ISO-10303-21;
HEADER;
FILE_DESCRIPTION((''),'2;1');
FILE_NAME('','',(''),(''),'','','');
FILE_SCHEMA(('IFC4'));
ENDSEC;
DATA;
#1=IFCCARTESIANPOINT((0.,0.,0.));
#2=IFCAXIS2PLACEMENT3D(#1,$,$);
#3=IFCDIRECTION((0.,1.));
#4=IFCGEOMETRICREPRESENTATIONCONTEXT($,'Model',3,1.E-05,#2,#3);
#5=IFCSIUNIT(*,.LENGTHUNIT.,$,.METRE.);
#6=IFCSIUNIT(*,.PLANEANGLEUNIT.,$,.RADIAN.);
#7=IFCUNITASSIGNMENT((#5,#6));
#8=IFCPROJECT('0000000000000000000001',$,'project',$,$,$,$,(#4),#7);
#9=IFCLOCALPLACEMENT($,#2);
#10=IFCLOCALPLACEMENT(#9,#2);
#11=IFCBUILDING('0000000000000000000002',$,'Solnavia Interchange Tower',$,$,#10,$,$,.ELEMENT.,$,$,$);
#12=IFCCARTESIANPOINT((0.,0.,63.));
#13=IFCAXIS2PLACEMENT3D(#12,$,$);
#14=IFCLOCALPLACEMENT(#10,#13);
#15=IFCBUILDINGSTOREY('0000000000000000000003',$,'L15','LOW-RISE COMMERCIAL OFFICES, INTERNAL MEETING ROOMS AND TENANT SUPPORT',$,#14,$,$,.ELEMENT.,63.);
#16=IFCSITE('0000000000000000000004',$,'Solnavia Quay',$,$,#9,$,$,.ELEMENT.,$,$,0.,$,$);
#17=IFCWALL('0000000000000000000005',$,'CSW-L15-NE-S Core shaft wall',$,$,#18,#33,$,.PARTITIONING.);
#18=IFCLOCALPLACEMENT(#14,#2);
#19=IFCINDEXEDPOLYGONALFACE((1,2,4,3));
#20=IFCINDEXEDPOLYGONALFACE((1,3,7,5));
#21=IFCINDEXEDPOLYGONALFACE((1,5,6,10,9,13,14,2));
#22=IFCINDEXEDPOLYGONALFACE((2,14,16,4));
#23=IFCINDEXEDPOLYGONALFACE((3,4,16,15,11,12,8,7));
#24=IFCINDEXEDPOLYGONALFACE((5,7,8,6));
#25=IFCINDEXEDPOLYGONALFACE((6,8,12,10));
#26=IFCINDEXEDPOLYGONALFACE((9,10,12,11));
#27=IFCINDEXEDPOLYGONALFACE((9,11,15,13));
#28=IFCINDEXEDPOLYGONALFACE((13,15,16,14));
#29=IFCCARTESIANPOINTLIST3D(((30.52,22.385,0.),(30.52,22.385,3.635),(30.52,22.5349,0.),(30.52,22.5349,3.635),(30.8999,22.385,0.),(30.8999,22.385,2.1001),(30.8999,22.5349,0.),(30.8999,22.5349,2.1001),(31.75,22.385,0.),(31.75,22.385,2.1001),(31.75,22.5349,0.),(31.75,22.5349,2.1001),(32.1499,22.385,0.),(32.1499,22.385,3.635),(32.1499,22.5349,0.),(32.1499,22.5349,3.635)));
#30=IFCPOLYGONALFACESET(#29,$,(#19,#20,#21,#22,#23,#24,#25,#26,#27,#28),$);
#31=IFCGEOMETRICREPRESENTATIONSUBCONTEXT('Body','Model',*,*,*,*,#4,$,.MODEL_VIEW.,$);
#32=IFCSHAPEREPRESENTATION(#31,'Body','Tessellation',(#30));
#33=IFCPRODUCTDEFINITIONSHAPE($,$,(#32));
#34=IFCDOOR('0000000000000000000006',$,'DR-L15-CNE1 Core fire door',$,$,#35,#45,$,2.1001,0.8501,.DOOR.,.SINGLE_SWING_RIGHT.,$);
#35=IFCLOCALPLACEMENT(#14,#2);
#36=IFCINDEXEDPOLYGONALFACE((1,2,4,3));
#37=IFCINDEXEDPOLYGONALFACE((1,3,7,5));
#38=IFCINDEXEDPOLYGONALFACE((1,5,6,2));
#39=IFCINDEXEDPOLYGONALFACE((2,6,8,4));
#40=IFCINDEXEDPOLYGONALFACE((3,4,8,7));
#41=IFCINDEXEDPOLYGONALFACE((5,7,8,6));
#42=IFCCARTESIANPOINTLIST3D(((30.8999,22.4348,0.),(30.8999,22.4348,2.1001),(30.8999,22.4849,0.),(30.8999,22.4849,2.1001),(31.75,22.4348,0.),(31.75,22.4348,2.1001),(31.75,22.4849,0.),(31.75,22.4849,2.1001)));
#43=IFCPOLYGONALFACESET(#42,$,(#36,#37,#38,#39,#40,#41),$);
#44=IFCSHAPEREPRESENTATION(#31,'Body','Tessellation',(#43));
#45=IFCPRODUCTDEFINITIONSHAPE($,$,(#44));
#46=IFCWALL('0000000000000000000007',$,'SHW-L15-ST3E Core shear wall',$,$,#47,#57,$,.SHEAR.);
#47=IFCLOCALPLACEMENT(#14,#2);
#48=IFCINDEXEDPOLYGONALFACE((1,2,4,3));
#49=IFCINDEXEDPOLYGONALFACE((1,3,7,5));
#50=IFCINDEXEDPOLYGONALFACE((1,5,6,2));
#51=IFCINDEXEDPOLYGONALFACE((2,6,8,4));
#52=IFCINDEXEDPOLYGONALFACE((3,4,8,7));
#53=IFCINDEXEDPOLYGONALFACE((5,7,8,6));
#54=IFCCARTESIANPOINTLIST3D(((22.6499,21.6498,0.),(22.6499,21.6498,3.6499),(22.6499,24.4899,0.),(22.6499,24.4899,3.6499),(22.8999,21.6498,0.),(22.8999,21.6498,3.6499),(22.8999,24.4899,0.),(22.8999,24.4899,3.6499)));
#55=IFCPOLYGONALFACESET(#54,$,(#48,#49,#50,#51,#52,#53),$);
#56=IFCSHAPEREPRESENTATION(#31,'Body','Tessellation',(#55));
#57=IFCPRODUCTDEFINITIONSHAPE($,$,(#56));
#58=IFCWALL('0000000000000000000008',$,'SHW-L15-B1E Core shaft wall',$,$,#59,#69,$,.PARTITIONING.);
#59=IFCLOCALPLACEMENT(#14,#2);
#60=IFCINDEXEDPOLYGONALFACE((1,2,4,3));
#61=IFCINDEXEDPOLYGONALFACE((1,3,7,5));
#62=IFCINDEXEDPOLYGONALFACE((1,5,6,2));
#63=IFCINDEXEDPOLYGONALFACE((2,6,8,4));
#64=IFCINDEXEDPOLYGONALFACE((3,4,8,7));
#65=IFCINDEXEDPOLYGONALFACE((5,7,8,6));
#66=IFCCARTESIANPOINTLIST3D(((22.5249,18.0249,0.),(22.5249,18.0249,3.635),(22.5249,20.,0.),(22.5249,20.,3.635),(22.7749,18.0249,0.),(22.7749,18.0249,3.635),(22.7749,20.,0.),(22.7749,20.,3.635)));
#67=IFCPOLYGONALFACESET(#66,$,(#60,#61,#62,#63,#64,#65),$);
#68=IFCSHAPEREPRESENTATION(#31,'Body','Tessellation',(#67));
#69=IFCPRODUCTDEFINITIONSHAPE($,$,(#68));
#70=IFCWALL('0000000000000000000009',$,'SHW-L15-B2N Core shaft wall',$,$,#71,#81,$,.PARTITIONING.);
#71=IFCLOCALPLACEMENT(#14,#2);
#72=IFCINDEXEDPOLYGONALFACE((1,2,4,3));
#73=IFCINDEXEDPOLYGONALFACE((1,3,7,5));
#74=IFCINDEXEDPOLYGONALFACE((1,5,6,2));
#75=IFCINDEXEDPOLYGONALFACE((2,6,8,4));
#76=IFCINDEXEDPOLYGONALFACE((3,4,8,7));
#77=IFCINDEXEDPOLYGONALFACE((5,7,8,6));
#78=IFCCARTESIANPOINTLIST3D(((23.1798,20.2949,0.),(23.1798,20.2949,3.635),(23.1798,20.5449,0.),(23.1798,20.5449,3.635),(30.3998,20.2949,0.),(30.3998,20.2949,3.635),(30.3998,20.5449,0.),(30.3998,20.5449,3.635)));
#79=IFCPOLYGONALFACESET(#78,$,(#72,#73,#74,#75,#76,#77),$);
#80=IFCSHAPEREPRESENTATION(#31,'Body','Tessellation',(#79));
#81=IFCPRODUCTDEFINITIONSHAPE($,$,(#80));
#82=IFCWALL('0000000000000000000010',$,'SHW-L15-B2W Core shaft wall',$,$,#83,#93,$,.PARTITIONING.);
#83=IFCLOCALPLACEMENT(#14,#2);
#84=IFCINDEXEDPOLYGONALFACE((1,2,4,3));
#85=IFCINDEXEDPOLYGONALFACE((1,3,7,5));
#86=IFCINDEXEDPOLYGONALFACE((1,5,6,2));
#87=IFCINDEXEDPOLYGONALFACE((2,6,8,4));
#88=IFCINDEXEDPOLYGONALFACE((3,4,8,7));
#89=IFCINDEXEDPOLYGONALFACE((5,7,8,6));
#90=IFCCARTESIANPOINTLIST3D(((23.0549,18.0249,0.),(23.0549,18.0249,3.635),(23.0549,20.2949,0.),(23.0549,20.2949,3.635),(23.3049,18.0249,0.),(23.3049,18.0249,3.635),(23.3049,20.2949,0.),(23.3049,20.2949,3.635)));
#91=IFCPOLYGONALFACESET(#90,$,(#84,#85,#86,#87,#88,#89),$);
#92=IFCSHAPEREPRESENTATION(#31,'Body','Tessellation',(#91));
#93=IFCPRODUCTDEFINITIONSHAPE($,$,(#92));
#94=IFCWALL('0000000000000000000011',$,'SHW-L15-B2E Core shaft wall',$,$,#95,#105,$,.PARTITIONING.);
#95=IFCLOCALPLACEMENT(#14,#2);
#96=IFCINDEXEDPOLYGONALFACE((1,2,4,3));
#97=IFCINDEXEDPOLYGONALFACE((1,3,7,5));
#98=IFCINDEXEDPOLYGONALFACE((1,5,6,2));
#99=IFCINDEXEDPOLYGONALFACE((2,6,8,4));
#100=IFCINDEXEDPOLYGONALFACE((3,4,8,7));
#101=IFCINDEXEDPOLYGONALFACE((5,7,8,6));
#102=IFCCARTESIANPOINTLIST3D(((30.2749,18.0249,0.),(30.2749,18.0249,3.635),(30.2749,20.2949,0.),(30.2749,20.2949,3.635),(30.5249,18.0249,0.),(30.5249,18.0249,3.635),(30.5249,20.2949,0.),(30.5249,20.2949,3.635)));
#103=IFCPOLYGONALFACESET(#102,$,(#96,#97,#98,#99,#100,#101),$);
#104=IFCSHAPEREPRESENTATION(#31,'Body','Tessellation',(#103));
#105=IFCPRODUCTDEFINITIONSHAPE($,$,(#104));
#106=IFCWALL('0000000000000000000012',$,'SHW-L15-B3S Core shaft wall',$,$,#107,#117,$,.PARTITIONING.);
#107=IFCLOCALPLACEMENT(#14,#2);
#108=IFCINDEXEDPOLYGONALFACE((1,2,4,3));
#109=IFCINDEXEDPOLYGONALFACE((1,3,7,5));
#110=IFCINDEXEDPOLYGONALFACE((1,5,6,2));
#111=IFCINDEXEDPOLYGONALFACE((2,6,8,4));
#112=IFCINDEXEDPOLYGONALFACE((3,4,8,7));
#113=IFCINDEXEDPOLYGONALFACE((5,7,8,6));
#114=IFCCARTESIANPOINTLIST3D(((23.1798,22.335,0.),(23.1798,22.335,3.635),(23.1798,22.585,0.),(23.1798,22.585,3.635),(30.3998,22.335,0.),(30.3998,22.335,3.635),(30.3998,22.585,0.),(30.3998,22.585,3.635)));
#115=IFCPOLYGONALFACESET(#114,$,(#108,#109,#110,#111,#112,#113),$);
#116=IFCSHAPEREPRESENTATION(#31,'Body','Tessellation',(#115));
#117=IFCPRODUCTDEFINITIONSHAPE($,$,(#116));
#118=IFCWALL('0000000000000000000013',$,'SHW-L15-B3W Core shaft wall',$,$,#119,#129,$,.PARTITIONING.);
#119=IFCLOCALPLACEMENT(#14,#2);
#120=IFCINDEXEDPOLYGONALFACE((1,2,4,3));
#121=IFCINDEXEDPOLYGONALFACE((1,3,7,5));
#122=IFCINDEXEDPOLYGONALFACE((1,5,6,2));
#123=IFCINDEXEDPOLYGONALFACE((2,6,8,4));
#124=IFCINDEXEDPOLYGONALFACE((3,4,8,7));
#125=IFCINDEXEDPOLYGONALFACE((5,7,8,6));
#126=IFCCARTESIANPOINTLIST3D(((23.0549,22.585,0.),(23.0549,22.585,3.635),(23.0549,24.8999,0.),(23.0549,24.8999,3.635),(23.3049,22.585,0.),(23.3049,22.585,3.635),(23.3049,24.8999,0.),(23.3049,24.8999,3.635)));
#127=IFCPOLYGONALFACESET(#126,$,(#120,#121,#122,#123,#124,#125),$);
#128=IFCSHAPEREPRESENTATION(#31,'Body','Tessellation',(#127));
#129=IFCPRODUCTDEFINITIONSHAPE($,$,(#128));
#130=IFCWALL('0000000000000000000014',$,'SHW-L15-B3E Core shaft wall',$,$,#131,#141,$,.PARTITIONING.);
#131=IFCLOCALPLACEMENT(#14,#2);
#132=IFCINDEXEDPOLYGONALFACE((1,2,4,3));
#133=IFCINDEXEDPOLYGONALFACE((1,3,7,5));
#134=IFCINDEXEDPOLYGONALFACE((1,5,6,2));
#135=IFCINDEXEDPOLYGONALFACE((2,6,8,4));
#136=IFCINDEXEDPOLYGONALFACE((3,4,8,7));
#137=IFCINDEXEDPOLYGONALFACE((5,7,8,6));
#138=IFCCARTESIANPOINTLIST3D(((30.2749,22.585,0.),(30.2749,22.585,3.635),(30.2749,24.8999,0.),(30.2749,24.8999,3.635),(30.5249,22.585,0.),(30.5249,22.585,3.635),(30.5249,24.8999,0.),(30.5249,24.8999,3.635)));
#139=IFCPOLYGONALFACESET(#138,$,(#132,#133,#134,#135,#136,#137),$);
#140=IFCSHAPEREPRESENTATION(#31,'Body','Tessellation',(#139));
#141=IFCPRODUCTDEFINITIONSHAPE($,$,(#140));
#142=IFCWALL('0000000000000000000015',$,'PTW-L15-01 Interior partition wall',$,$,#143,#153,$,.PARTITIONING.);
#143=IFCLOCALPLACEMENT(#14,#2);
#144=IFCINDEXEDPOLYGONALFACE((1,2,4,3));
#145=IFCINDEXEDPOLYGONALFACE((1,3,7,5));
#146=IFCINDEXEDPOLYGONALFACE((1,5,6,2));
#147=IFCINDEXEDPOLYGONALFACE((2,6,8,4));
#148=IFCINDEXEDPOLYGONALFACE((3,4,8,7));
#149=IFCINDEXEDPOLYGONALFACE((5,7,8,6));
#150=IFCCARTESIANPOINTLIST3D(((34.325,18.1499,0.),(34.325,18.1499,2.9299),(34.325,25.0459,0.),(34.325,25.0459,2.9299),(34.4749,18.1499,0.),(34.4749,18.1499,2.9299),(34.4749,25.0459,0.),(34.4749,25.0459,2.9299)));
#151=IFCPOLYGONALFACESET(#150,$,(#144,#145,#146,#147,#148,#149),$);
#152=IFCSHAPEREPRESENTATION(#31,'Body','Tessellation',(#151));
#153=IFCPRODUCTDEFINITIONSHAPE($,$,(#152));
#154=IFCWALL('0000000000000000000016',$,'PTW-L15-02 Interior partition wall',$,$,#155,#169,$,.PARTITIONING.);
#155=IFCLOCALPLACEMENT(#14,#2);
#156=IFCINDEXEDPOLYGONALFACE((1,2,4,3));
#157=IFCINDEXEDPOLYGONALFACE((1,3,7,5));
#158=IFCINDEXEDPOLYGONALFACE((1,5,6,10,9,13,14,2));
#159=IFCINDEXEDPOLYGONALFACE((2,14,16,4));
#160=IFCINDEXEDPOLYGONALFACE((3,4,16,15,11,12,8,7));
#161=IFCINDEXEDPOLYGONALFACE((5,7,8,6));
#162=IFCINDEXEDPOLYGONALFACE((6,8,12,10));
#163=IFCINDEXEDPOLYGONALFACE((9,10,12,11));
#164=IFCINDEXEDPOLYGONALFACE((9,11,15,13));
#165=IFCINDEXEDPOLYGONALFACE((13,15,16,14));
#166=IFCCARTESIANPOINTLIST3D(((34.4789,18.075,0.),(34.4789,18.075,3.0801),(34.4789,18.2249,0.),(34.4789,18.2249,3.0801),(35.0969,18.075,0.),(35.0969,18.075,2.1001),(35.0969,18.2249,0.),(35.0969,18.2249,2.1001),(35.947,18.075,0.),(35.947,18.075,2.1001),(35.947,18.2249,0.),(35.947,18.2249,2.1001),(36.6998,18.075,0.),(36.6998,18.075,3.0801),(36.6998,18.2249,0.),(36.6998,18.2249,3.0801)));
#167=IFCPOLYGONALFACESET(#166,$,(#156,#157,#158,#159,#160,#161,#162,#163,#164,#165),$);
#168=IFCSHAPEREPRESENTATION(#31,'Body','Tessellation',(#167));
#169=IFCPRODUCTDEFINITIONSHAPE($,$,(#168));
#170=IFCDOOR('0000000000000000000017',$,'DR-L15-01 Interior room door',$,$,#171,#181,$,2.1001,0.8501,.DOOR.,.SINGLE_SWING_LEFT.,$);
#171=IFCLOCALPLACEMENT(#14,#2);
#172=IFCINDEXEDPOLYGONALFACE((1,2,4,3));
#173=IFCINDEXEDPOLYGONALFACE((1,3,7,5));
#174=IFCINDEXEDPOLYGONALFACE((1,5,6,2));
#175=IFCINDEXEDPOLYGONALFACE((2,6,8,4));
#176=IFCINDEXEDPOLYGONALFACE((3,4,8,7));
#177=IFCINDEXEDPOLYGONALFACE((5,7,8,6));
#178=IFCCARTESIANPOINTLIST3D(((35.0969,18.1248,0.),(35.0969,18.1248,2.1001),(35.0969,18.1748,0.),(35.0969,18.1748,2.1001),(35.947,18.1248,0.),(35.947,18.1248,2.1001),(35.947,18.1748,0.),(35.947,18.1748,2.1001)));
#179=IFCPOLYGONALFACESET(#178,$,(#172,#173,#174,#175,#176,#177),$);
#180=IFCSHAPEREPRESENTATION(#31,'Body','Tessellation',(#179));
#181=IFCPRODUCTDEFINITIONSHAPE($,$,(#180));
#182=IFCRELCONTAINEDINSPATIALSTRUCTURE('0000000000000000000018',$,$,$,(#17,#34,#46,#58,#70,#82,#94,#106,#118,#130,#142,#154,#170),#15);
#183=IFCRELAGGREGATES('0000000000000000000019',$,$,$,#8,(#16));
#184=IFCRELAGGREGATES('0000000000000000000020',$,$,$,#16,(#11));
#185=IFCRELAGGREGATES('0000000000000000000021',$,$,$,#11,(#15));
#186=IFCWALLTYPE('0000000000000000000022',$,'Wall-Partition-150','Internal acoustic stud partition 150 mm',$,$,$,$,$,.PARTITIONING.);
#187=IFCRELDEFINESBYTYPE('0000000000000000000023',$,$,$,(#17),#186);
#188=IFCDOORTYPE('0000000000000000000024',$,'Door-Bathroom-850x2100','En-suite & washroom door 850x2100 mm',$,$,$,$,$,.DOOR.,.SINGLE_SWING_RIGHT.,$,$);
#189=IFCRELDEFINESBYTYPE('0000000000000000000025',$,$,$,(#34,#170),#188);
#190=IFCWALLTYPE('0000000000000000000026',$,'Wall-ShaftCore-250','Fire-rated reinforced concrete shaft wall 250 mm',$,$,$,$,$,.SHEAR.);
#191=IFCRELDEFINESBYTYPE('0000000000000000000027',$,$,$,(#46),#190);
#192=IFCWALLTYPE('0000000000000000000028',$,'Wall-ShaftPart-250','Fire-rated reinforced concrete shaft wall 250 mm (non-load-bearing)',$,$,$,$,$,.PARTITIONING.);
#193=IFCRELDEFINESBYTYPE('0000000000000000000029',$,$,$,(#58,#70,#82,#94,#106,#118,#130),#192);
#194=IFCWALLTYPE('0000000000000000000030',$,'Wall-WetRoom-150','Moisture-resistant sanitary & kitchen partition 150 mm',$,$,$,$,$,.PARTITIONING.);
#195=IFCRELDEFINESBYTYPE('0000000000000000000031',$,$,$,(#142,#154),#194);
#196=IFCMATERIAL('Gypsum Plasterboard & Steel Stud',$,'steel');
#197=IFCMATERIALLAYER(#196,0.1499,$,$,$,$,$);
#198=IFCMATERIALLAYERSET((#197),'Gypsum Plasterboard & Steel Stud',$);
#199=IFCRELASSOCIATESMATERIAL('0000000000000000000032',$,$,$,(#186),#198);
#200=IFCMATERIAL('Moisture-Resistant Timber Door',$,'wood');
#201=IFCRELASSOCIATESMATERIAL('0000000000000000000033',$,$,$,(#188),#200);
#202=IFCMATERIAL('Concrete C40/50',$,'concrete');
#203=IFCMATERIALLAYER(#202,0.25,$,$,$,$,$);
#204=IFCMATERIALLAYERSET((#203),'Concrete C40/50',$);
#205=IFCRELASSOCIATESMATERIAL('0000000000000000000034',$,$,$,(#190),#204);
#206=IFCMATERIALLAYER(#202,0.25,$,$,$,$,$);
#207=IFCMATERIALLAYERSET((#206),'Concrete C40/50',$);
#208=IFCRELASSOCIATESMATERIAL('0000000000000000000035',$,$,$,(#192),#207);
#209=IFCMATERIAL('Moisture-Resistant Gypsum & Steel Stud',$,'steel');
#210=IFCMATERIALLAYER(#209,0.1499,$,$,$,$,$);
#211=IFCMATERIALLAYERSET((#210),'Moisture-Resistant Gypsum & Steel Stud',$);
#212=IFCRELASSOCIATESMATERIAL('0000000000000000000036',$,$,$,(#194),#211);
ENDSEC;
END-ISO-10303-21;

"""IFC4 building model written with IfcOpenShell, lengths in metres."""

from ifc_helpers import new_model, si_unit, direction, frame, frame_2d, origin, place, context, subcontext, project, spatial, rectangle, extrude, material, layer, layer_set, type_object, element, fill, save


model = new_model("IFC4")

# Units and contexts
model_context = context("Model", 3, precision=1e-05, world=origin(), true_north=direction((0.0, 1.0)))
body_context = subcontext(model_context, "Body", "Model", "MODEL_VIEW")
ifc_project = project(units=[si_unit("LENGTHUNIT", "METRE"), si_unit("PLANEANGLEUNIT", "RADIAN")], contexts=[model_context])

# Site, building, storey
site_placement = place(None, origin())
site = spatial("IfcSite", under=ifc_project, at=site_placement, Name="Solnavia Quay", CompositionType="ELEMENT", RefElevation=0.0)
building_placement = place(site_placement, origin())
building = spatial("IfcBuilding", under=site, at=building_placement, Name="Solnavia Interchange Tower", CompositionType="ELEMENT")
storey_placement = place(building_placement, frame((0.0, 0.0, 63.0)))
storey = spatial("IfcBuildingStorey", under=building, at=storey_placement, Name="L15", Description="LOW-RISE COMMERCIAL OFFICES, INTERNAL MEETING ROOMS AND TENANT SUPPORT", CompositionType="ELEMENT", Elevation=63.0)

# Shared definitions
ifc_material_1 = material(Name="Concrete C40/50", Category="concrete")

# Wall, opening, door
ifc_material_2 = material(Name="Gypsum Plasterboard & Steel Stud", Category="steel")
ifc_layer_1 = layer(ifc_material_2, 0.1499)
ifc_layer_set_1 = layer_set([ifc_layer_1], Name="Gypsum Plasterboard & Steel Stud")
wall_type_1 = type_object("IfcWallType", Name="Wall-Partition-150", Description="Internal acoustic stud partition 150 mm", PredefinedType="PARTITIONING", material=ifc_layer_set_1)
wall_1_placement = place(storey_placement, frame((30.52, 22.46, 0.0), z_axis=(0.0, 0.0, 1.0), x_axis=(1.0, 0.0, 0.0)))
wall_1 = element("IfcWall", 1, at=wall_1_placement, inside=storey, type_object=wall_type_1, Name="CSW-L15-NE-S Core shaft wall", PredefinedType="PARTITIONING", context=body_context, shape_type="SweptSolid", body=[
    extrude(rectangle(XDim=1.6299, YDim=0.1499, at=frame_2d((0.8149, 0.0))), origin(), (0.0, 0.0, 1.0), 3.635),
])
opening_1_placement = place(wall_1_placement, frame((0.3799, 0.0, 0.0)))
opening_1 = element("IfcOpeningElement", 2, at=opening_1_placement, cuts=wall_1, PredefinedType="OPENING", context=body_context, shape_type="SweptSolid", body=[
    extrude(rectangle(XDim=0.8501, YDim=2.1001, at=frame_2d((0.425, 1.05))), frame((0.0, 0.085, 0.0), z_axis=(0.0, -1.0, 0.0), x_axis=(1.0, 0.0, 0.0)), (0.0, 0.0, 1.0), 0.1699),
])
ifc_material_3 = material(Name="Moisture-Resistant Timber Door", Category="wood")
door_type = type_object("IfcDoorType", Name="Door-Bathroom-850x2100", Description="En-suite & washroom door 850x2100 mm", OperationType="SINGLE_SWING_RIGHT", PredefinedType="DOOR", material=ifc_material_3)
door_1_placement = place(opening_1_placement, origin())
door_1 = element("IfcDoor", 3, at=door_1_placement, inside=storey, type_object=door_type, Name="DR-L15-CNE1 Core fire door", OperationType="SINGLE_SWING_RIGHT", OverallHeight=2.1001, OverallWidth=0.8501, PredefinedType="DOOR", context=body_context, shape_type="SweptSolid", body=[
    extrude(rectangle(XDim=0.8501, YDim=2.1001, at=frame_2d((0.425, 1.05))), frame((0.0, 0.0249, 0.0), z_axis=(0.0, -1.0, 0.0), x_axis=(1.0, 0.0, 0.0)), (0.0, 0.0, 1.0), 0.05),
])
fill(opening_1, door_1)

# Walls
ifc_layer_2 = layer(ifc_material_1, 0.25)
ifc_layer_set_2 = layer_set([ifc_layer_2], Name="Concrete C40/50")
wall_type_2 = type_object("IfcWallType", Name="Wall-ShaftCore-250", Description="Fire-rated reinforced concrete shaft wall 250 mm", PredefinedType="SHEAR", material=ifc_layer_set_2)
wall_2_placement = place(storey_placement, frame((22.7749, 21.6499, 0.0), z_axis=(0.0, 0.0, 1.0), x_axis=(0.0, 1.0, 0.0)))
element("IfcWall", 4, at=wall_2_placement, inside=storey, type_object=wall_type_2, Name="SHW-L15-ST3E Core shear wall", PredefinedType="SHEAR", context=body_context, shape_type="SweptSolid", body=[
    extrude(rectangle(XDim=2.8401, YDim=0.25, at=frame_2d((1.4199, 0.0))), origin(), (0.0, 0.0, 1.0), 3.6499),
])
ifc_layer_3 = layer(ifc_material_1, 0.25)
ifc_layer_set_3 = layer_set([ifc_layer_3], Name="Concrete C40/50")
wall_type_3 = type_object("IfcWallType", Name="Wall-ShaftPart-250", Description="Fire-rated reinforced concrete shaft wall 250 mm (non-load-bearing)", PredefinedType="PARTITIONING", material=ifc_layer_set_3)
wall_3_placement = place(storey_placement, frame((22.6499, 18.0249, 0.0), z_axis=(0.0, 0.0, 1.0), x_axis=(0.0, 1.0, 0.0)))
element("IfcWall", 5, at=wall_3_placement, inside=storey, type_object=wall_type_3, Name="SHW-L15-B1E Core shaft wall", PredefinedType="PARTITIONING", context=body_context, shape_type="SweptSolid", body=[
    extrude(rectangle(XDim=1.9751, YDim=0.25, at=frame_2d((0.9875, 0.0))), origin(), (0.0, 0.0, 1.0), 3.635),
])
wall_4_placement = place(storey_placement, frame((23.1799, 20.4199, 0.0), z_axis=(0.0, 0.0, 1.0), x_axis=(1.0, 0.0, 0.0)))
element("IfcWall", 6, at=wall_4_placement, inside=storey, type_object=wall_type_3, Name="SHW-L15-B2N Core shaft wall", PredefinedType="PARTITIONING", context=body_context, shape_type="SweptSolid", body=[
    extrude(rectangle(XDim=7.22, YDim=0.25, at=frame_2d((3.6099, 0.0))), origin(), (0.0, 0.0, 1.0), 3.635),
])
for number, where, z_axis, x_axis, name in (
    (7, (23.1799, 18.0249, 0.0), (0.0, 0.0, 1.0), (0.0, 1.0, 0.0), "SHW-L15-B2W Core shaft wall"),
    (8, (30.3999, 18.0249, 0.0), (0.0, 0.0, 1.0), (0.0, 1.0, 0.0), "SHW-L15-B2E Core shaft wall"),
):
    element("IfcWall", number, at=place(storey_placement, frame(where, z_axis=z_axis, x_axis=x_axis)), inside=storey, type_object=wall_type_3, Name=name, PredefinedType="PARTITIONING", context=body_context, shape_type="SweptSolid", body=[
        extrude(rectangle(XDim=2.27, YDim=0.25, at=frame_2d((1.135, 0.0))), origin(), (0.0, 0.0, 1.0), 3.635),
    ])
wall_5_placement = place(storey_placement, frame((23.1799, 22.46, 0.0), z_axis=(0.0, 0.0, 1.0), x_axis=(1.0, 0.0, 0.0)))
element("IfcWall", 9, at=wall_5_placement, inside=storey, type_object=wall_type_3, Name="SHW-L15-B3S Core shaft wall", PredefinedType="PARTITIONING", context=body_context, shape_type="SweptSolid", body=[
    extrude(rectangle(XDim=7.22, YDim=0.25, at=frame_2d((3.6099, 0.0))), origin(), (0.0, 0.0, 1.0), 3.635),
])
for number, where, z_axis, x_axis, name in (
    (10, (23.1799, 22.585, 0.0), (0.0, 0.0, 1.0), (0.0, 1.0, 0.0), "SHW-L15-B3W Core shaft wall"),
    (11, (30.3999, 22.585, 0.0), (0.0, 0.0, 1.0), (0.0, 1.0, 0.0), "SHW-L15-B3E Core shaft wall"),
):
    element("IfcWall", number, at=place(storey_placement, frame(where, z_axis=z_axis, x_axis=x_axis)), inside=storey, type_object=wall_type_3, Name=name, PredefinedType="PARTITIONING", context=body_context, shape_type="SweptSolid", body=[
        extrude(rectangle(XDim=2.3149, YDim=0.25, at=frame_2d((1.1575, 0.0))), origin(), (0.0, 0.0, 1.0), 3.635),
    ])
ifc_material_4 = material(Name="Moisture-Resistant Gypsum & Steel Stud", Category="steel")
ifc_layer_4 = layer(ifc_material_4, 0.1499)
ifc_layer_set_4 = layer_set([ifc_layer_4], Name="Moisture-Resistant Gypsum & Steel Stud")
wall_type_4 = type_object("IfcWallType", Name="Wall-WetRoom-150", Description="Moisture-resistant sanitary & kitchen partition 150 mm", PredefinedType="PARTITIONING", material=ifc_layer_set_4)
wall_6_placement = place(storey_placement, frame((34.3999, 18.1499, 0.0), z_axis=(0.0, 0.0, 1.0), x_axis=(0.0, 1.0, 0.0)))
element("IfcWall", 12, at=wall_6_placement, inside=storey, type_object=wall_type_4, Name="PTW-L15-01 Interior partition wall", PredefinedType="PARTITIONING", context=body_context, shape_type="SweptSolid", body=[
    extrude(rectangle(XDim=6.896, YDim=0.1499, at=frame_2d((3.448, 0.0))), origin(), (0.0, 0.0, 1.0), 2.9299),
])

# Wall, opening, door
wall_7_placement = place(storey_placement, frame((34.479, 18.1499, 0.0), z_axis=(0.0, 0.0, 1.0), x_axis=(1.0, 0.0, 0.0)))
wall_7 = element("IfcWall", 13, at=wall_7_placement, inside=storey, type_object=wall_type_4, Name="PTW-L15-02 Interior partition wall", PredefinedType="PARTITIONING", context=body_context, shape_type="SweptSolid", body=[
    extrude(rectangle(XDim=2.2209, YDim=0.1499, at=frame_2d((1.1104, 0.0))), origin(), (0.0, 0.0, 1.0), 3.0801),
])
opening_2_placement = place(wall_7_placement, frame((0.6179, 0.0, 0.0)))
opening_2 = element("IfcOpeningElement", 14, at=opening_2_placement, cuts=wall_7, PredefinedType="OPENING", context=body_context, shape_type="SweptSolid", body=[
    extrude(rectangle(XDim=0.8501, YDim=2.1001, at=frame_2d((0.425, 1.05))), frame((0.0, 0.085, 0.0), z_axis=(0.0, -1.0, 0.0), x_axis=(1.0, 0.0, 0.0)), (0.0, 0.0, 1.0), 0.1699),
])
door_2_placement = place(opening_2_placement, origin())
door_2 = element("IfcDoor", 15, at=door_2_placement, inside=storey, type_object=door_type, Name="DR-L15-01 Interior room door", OperationType="SINGLE_SWING_LEFT", OverallHeight=2.1001, OverallWidth=0.8501, PredefinedType="DOOR", context=body_context, shape_type="SweptSolid", body=[
    extrude(rectangle(XDim=0.8501, YDim=2.1001, at=frame_2d((0.425, 1.05))), frame((0.0, 0.0249, 0.0), z_axis=(0.0, -1.0, 0.0), x_axis=(1.0, 0.0, 0.0)), (0.0, 0.0, 1.0), 0.05),
])
fill(opening_2, door_2)

save(model, "model.ifc")
